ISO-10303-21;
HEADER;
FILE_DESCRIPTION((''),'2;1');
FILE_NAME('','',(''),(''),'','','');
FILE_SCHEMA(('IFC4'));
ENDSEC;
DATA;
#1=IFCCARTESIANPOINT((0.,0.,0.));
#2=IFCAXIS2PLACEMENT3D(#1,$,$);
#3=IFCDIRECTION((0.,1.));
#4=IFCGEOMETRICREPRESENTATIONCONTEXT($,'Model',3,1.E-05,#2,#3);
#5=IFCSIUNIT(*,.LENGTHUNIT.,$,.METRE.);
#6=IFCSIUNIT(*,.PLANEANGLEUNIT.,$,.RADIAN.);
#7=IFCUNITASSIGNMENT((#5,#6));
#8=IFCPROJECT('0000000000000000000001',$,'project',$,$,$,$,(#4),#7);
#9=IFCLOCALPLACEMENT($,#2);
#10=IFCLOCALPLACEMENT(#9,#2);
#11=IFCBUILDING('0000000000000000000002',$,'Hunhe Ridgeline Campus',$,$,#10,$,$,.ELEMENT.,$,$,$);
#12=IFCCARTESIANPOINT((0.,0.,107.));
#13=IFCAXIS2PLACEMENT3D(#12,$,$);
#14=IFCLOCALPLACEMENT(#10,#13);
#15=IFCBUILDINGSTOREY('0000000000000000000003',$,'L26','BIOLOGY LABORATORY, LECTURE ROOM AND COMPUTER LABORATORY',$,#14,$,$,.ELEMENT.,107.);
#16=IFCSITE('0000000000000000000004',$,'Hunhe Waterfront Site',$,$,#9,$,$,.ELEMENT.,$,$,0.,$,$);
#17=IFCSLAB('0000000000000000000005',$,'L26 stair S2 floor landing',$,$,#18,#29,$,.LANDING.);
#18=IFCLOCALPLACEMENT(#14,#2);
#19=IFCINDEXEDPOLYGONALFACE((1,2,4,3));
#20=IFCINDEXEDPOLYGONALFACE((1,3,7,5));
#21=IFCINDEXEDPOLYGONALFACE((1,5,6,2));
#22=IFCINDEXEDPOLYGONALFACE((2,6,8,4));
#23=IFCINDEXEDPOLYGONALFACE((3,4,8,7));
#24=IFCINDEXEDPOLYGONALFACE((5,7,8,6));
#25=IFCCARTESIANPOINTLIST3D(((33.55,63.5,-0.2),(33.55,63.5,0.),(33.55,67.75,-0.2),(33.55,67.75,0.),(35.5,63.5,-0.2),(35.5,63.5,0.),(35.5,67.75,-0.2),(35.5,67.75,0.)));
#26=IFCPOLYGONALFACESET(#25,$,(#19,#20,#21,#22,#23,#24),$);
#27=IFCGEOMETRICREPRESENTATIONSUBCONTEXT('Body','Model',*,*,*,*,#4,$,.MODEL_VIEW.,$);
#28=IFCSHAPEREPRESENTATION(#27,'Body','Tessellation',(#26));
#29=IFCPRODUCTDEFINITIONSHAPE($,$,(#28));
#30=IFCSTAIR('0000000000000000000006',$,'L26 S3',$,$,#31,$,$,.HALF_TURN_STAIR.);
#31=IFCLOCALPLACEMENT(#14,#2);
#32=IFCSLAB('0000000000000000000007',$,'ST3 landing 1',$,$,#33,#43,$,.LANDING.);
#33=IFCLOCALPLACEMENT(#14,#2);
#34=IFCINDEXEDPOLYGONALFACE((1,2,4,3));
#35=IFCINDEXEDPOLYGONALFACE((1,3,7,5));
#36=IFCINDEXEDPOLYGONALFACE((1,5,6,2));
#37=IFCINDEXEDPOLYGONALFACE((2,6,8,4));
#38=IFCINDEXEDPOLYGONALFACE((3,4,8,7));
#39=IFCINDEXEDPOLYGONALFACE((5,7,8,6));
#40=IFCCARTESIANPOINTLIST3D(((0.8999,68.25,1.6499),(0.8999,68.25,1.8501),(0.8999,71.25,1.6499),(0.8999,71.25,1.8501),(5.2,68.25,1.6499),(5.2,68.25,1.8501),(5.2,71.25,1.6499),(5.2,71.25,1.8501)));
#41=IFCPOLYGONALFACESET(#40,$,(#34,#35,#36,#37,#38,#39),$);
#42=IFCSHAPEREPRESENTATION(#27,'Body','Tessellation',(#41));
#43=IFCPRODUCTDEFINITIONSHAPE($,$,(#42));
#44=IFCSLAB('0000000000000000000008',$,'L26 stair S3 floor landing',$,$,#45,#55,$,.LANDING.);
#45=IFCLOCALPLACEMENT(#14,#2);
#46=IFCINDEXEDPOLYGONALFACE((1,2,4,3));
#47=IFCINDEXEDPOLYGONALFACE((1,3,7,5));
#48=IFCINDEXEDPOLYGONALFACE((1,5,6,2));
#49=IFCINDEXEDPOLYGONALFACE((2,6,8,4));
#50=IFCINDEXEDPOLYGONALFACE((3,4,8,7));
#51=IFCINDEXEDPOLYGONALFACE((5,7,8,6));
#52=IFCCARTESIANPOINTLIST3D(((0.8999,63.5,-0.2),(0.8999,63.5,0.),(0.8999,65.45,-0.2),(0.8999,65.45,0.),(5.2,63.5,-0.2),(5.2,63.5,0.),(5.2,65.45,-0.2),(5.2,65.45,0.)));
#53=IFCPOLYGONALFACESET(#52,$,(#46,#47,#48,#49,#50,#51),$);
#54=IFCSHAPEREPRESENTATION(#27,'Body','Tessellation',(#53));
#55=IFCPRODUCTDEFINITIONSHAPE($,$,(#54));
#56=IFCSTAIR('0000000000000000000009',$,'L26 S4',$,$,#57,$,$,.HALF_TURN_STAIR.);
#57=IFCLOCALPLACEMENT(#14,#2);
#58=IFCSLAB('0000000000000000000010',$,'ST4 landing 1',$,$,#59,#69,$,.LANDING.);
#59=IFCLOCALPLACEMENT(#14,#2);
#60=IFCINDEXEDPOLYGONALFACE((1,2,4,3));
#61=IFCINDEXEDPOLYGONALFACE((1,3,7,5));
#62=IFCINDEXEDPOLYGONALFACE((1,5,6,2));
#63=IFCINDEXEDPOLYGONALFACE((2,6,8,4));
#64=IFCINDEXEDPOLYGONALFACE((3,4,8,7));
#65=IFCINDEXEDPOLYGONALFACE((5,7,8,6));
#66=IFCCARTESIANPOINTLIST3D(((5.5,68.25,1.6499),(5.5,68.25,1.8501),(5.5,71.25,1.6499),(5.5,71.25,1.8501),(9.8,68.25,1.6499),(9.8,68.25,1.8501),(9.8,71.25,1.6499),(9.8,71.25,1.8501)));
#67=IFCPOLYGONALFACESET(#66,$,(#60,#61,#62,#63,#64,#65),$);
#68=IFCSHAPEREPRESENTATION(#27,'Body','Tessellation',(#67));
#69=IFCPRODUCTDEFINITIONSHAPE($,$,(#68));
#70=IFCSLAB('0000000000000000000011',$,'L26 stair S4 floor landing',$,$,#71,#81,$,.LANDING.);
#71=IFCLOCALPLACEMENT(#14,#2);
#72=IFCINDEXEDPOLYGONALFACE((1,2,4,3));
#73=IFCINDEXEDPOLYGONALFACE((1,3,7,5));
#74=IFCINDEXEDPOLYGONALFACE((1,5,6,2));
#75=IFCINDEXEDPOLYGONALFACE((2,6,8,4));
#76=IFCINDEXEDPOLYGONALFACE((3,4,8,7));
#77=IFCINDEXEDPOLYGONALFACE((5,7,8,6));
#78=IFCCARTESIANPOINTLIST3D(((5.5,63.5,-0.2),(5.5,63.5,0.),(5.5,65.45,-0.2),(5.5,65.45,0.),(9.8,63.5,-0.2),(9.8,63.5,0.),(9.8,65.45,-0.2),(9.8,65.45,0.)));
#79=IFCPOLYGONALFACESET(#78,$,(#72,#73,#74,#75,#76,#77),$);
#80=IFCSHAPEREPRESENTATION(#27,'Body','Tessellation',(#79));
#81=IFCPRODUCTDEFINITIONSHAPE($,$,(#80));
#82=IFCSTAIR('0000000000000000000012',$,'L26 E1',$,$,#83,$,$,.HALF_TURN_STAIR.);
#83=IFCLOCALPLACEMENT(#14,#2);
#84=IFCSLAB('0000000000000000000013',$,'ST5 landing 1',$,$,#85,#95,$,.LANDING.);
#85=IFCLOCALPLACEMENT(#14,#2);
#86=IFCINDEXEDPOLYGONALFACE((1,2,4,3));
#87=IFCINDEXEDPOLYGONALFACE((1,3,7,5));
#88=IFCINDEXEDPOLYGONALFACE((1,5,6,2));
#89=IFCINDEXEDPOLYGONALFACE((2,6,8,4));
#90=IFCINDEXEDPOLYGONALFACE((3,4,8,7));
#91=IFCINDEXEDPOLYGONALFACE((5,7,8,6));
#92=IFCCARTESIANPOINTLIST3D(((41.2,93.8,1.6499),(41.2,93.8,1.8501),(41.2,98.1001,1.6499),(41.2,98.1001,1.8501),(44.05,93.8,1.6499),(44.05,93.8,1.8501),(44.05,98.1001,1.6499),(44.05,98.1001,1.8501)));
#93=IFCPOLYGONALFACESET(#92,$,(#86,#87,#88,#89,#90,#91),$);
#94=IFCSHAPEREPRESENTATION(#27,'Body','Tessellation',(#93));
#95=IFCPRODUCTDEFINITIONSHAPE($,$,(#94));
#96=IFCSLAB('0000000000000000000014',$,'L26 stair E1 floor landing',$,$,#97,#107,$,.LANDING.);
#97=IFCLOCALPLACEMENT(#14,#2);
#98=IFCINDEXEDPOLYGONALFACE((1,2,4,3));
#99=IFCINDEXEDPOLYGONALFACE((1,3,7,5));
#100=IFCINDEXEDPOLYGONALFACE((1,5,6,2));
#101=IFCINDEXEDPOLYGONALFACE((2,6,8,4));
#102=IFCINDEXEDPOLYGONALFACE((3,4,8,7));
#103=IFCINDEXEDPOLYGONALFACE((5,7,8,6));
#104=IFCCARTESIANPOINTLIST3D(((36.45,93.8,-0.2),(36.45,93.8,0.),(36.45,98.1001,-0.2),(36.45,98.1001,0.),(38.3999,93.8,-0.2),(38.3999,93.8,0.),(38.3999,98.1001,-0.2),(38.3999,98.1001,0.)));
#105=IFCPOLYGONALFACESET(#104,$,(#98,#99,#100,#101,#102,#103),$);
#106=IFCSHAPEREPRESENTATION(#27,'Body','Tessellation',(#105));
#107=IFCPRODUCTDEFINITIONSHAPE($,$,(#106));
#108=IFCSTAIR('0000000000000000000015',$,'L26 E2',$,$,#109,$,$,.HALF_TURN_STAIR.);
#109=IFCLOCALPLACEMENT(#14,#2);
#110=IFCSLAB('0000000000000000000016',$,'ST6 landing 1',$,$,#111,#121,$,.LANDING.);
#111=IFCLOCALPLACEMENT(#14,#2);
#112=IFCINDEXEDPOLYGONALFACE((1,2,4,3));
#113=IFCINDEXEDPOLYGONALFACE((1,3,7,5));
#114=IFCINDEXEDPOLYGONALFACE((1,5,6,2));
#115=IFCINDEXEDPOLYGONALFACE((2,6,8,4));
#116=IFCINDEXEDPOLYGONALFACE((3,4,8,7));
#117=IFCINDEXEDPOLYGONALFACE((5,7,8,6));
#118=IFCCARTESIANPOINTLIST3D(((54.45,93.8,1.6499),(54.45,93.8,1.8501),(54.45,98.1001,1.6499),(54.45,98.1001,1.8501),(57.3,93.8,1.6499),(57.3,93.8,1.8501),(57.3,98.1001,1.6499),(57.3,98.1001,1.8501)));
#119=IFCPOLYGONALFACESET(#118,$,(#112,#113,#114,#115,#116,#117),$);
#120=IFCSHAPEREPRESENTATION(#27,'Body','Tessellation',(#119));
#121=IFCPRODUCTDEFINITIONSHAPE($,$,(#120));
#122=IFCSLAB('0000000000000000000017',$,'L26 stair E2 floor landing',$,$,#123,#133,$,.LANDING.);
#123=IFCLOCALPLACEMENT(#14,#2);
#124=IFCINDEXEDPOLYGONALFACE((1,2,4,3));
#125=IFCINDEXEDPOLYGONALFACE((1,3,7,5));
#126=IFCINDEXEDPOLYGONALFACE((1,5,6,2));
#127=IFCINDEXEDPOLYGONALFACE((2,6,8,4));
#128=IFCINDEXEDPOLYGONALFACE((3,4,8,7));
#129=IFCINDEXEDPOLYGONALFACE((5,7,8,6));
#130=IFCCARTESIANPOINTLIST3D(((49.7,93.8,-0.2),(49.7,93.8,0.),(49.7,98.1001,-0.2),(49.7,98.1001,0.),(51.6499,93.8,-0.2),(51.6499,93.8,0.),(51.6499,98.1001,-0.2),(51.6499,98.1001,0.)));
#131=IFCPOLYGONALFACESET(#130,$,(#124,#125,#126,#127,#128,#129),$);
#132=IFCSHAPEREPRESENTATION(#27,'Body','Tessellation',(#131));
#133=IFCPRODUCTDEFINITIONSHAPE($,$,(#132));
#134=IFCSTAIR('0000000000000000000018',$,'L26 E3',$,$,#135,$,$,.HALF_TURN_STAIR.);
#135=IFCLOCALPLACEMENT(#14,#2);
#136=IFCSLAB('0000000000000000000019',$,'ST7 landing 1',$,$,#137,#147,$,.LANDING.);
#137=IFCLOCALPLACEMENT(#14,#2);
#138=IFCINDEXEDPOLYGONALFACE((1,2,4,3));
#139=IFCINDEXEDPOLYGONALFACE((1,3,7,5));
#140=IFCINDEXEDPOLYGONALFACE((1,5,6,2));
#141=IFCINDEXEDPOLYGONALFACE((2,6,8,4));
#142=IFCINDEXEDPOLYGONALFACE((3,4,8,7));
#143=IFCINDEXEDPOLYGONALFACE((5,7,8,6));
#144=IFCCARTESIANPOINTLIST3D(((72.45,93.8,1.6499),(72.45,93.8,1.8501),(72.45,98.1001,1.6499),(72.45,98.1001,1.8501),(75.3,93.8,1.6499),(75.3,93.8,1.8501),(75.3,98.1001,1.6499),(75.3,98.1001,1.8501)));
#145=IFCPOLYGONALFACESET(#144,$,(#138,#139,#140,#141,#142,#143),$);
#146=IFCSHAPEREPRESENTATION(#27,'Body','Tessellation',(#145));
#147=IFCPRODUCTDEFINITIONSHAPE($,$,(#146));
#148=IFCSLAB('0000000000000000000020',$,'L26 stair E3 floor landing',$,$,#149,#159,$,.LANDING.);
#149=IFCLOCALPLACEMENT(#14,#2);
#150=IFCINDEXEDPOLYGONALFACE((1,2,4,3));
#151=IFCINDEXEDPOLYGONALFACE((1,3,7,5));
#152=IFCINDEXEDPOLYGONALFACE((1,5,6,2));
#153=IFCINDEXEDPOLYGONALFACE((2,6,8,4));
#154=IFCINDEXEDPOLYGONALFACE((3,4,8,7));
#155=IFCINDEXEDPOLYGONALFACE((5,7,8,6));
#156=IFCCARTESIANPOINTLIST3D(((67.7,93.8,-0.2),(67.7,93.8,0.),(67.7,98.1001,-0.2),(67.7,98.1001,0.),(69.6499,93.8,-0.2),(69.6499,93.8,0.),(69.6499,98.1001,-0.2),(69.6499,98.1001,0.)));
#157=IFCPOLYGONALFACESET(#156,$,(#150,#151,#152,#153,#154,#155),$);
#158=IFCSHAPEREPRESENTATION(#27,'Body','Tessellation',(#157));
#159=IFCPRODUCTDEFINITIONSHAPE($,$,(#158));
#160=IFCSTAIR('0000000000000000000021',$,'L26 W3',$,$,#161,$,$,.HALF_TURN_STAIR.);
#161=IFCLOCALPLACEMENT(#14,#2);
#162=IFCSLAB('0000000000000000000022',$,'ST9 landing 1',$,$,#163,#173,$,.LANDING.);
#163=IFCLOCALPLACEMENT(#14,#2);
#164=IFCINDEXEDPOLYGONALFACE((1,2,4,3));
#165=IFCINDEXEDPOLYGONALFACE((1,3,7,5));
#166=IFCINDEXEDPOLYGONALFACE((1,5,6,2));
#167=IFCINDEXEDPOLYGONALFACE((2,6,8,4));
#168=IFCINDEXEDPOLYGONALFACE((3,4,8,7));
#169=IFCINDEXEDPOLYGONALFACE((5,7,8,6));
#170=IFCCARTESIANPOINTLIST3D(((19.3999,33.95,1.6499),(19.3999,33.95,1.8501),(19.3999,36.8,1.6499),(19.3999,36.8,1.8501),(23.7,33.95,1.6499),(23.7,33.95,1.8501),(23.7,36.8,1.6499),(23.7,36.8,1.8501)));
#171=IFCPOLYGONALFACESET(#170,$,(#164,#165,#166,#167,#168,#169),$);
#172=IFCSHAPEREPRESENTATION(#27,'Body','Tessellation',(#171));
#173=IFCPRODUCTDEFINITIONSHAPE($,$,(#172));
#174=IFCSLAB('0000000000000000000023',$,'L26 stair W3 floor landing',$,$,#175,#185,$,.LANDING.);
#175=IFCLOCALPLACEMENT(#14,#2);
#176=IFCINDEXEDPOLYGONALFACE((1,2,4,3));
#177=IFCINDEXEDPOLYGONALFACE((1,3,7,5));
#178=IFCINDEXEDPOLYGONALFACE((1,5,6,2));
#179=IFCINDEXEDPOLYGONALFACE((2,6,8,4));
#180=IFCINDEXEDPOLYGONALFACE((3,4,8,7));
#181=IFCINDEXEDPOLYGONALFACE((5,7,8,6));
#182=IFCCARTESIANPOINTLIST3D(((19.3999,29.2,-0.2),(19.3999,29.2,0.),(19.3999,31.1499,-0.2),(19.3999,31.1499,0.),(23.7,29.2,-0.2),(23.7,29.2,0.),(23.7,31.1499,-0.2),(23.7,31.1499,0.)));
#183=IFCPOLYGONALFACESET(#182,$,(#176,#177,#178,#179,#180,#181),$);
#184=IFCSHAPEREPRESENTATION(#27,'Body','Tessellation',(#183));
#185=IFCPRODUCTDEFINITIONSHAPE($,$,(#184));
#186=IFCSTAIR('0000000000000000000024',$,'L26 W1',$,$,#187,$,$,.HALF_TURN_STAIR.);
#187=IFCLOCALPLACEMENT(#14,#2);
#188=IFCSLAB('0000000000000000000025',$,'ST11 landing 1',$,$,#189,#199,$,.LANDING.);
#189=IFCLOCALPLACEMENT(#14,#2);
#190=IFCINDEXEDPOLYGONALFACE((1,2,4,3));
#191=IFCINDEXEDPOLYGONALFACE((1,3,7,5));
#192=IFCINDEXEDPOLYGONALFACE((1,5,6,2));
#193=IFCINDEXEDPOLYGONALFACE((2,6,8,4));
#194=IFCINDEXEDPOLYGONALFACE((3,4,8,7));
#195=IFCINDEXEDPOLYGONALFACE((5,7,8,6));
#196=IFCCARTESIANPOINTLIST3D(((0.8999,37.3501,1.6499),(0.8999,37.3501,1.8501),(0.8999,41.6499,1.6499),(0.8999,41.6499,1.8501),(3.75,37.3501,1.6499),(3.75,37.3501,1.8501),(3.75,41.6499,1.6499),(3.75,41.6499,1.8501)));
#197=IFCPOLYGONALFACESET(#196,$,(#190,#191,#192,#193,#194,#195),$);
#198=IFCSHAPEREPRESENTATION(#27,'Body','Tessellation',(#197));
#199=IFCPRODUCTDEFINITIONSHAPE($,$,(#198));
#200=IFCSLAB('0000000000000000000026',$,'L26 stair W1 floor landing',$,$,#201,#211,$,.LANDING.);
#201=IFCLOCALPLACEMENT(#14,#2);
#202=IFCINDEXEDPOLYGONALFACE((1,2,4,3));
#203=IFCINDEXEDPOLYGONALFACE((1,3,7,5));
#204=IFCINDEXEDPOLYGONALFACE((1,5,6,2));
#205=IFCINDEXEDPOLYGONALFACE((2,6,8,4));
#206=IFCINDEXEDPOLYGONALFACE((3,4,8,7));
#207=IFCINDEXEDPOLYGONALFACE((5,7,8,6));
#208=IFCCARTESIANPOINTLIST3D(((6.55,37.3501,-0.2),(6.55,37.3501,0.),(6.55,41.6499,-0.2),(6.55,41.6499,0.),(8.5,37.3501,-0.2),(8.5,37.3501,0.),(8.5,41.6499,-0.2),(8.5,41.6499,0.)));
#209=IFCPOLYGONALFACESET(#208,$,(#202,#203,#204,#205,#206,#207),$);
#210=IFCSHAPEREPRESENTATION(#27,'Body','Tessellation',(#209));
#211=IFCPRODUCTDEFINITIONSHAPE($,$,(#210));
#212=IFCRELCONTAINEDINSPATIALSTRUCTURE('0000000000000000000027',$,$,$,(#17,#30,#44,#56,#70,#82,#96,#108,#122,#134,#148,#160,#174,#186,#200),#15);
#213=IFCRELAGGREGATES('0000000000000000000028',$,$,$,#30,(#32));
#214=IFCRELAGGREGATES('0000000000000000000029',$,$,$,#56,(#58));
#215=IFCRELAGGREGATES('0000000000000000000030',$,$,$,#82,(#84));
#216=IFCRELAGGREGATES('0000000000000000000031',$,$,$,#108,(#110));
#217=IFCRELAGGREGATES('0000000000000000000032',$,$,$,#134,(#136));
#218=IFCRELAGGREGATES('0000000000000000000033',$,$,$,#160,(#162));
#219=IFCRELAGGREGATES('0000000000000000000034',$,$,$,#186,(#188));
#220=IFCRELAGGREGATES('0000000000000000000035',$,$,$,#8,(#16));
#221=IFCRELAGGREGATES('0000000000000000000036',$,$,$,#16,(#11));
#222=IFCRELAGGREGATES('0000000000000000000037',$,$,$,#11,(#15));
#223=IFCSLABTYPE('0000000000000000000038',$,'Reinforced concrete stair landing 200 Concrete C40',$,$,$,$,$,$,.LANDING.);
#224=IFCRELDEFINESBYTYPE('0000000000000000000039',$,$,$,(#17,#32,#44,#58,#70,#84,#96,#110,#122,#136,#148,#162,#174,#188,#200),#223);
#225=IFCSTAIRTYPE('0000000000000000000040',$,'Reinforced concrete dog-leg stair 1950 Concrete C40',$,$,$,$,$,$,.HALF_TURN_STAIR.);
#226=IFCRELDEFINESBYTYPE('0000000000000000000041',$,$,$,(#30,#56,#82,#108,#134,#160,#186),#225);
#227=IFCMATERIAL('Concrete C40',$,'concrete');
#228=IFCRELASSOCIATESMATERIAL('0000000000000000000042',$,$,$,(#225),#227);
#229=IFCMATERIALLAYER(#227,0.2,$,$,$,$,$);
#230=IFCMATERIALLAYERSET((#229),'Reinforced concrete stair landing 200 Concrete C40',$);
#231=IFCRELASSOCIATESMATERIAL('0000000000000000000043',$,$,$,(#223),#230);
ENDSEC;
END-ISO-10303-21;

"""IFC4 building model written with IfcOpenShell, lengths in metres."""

from ifc_helpers import new_model, si_unit, direction, frame, origin, place, context, subcontext, project, spatial, polyline, outline, extrude, material, layer, layer_set, type_object, element, aggregate, save


model = new_model("IFC4")

# Units and contexts
model_context = context("Model", 3, precision=1e-05, world=origin(), true_north=direction((0.0, 1.0)))
body_context = subcontext(model_context, "Body", "Model", "MODEL_VIEW")
ifc_project = project(units=[si_unit("LENGTHUNIT", "METRE"), si_unit("PLANEANGLEUNIT", "RADIAN")], contexts=[model_context])

# Site, building, storey
site_placement = place(None, origin())
site = spatial("IfcSite", under=ifc_project, at=site_placement, Name="Hunhe Waterfront Site", CompositionType="ELEMENT", RefElevation=0.0)
building_placement = place(site_placement, origin())
building = spatial("IfcBuilding", under=site, at=building_placement, Name="Hunhe Ridgeline Campus", CompositionType="ELEMENT")
storey_placement = place(building_placement, frame((0.0, 0.0, 107.0)))
storey = spatial("IfcBuildingStorey", under=building, at=storey_placement, Name="L26", Description="BIOLOGY LABORATORY, LECTURE ROOM AND COMPUTER LABORATORY", CompositionType="ELEMENT", Elevation=107.0)

# Shared definitions
ifc_material_1 = material(Name="Concrete C40", Category="concrete")

# Shared definitions
stair_type = type_object("IfcStairType", Name="Reinforced concrete dog-leg stair 1950 Concrete C40", PredefinedType="HALF_TURN_STAIR", material=ifc_material_1)
ifc_layer_1 = layer(ifc_material_1, 0.2)
ifc_layer_set_1 = layer_set([ifc_layer_1], Name="Reinforced concrete stair landing 200 Concrete C40")
slab_type_1 = type_object("IfcSlabType", Name="Reinforced concrete stair landing 200 Concrete C40", PredefinedType="LANDING", material=ifc_layer_set_1)

# Slab
slab_1_placement = place(storey_placement, frame((0.0, 0.0, -0.2)))
element("IfcSlab", 1, at=slab_1_placement, inside=storey, type_object=slab_type_1, Name="L26 stair S2 floor landing", PredefinedType="LANDING", context=body_context, shape_type="SweptSolid", body=[
    extrude(outline(polyline([(35.5, 67.75), (33.55, 67.75), (33.55, 63.5), (35.5, 63.5), (35.5, 67.75)])), origin(), (0.0, 0.0, 1.0), 0.2),
])

# Stair, slab
stair_1_placement = place(storey_placement, origin())
stair_1 = element("IfcStair", 2, at=stair_1_placement, inside=storey, type_object=stair_type, Name="L26 S3", PredefinedType="HALF_TURN_STAIR")
slab_2_placement = place(storey_placement, frame((0.0, 0.0, 1.6499)))
slab_2 = element("IfcSlab", 3, at=slab_2_placement, type_object=slab_type_1, Name="ST3 landing 1", PredefinedType="LANDING", context=body_context, shape_type="SweptSolid", body=[
    extrude(outline(polyline([(5.2, 68.25), (5.2, 71.25), (0.8999, 71.25), (0.8999, 68.25), (5.2, 68.25)])), origin(), (0.0, 0.0, 1.0), 0.2002),
])
aggregate(stair_1, [slab_2])

# Slab
slab_3_placement = place(storey_placement, frame((0.0, 0.0, -0.2)))
element("IfcSlab", 4, at=slab_3_placement, inside=storey, type_object=slab_type_1, Name="L26 stair S3 floor landing", PredefinedType="LANDING", context=body_context, shape_type="SweptSolid", body=[
    extrude(outline(polyline([(5.2, 63.5), (5.2, 65.45), (0.8999, 65.45), (0.8999, 63.5), (5.2, 63.5)])), origin(), (0.0, 0.0, 1.0), 0.2),
])

# Stair, slab
stair_2_placement = place(storey_placement, origin())
stair_2 = element("IfcStair", 5, at=stair_2_placement, inside=storey, type_object=stair_type, Name="L26 S4", PredefinedType="HALF_TURN_STAIR")
slab_4_placement = place(storey_placement, frame((0.0, 0.0, 1.6499)))
slab_4 = element("IfcSlab", 6, at=slab_4_placement, type_object=slab_type_1, Name="ST4 landing 1", PredefinedType="LANDING", context=body_context, shape_type="SweptSolid", body=[
    extrude(outline(polyline([(9.8, 68.25), (9.8, 71.25), (5.5, 71.25), (5.5, 68.25), (9.8, 68.25)])), origin(), (0.0, 0.0, 1.0), 0.2002),
])
aggregate(stair_2, [slab_4])

# Slab
slab_5_placement = place(storey_placement, frame((0.0, 0.0, -0.2)))
element("IfcSlab", 7, at=slab_5_placement, inside=storey, type_object=slab_type_1, Name="L26 stair S4 floor landing", PredefinedType="LANDING", context=body_context, shape_type="SweptSolid", body=[
    extrude(outline(polyline([(9.8, 63.5), (9.8, 65.45), (5.5, 65.45), (5.5, 63.5), (9.8, 63.5)])), origin(), (0.0, 0.0, 1.0), 0.2),
])

# Stair, slab
stair_3_placement = place(storey_placement, origin())
stair_3 = element("IfcStair", 8, at=stair_3_placement, inside=storey, type_object=stair_type, Name="L26 E1", PredefinedType="HALF_TURN_STAIR")
slab_6_placement = place(storey_placement, frame((0.0, 0.0, 1.6499)))
slab_6 = element("IfcSlab", 9, at=slab_6_placement, type_object=slab_type_1, Name="ST5 landing 1", PredefinedType="LANDING", context=body_context, shape_type="SweptSolid", body=[
    extrude(outline(polyline([(41.2, 93.8), (44.05, 93.8), (44.05, 98.1001), (41.2, 98.1001), (41.2, 93.8)])), origin(), (0.0, 0.0, 1.0), 0.2002),
])
aggregate(stair_3, [slab_6])

# Slab
slab_7_placement = place(storey_placement, frame((0.0, 0.0, -0.2)))
element("IfcSlab", 10, at=slab_7_placement, inside=storey, type_object=slab_type_1, Name="L26 stair E1 floor landing", PredefinedType="LANDING", context=body_context, shape_type="SweptSolid", body=[
    extrude(outline(polyline([(36.45, 93.8), (38.3999, 93.8), (38.3999, 98.1001), (36.45, 98.1001), (36.45, 93.8)])), origin(), (0.0, 0.0, 1.0), 0.2),
])

# Stair, slab
stair_4_placement = place(storey_placement, origin())
stair_4 = element("IfcStair", 11, at=stair_4_placement, inside=storey, type_object=stair_type, Name="L26 E2", PredefinedType="HALF_TURN_STAIR")
slab_8_placement = place(storey_placement, frame((0.0, 0.0, 1.6499)))
slab_8 = element("IfcSlab", 12, at=slab_8_placement, type_object=slab_type_1, Name="ST6 landing 1", PredefinedType="LANDING", context=body_context, shape_type="SweptSolid", body=[
    extrude(outline(polyline([(54.45, 93.8), (57.3, 93.8), (57.3, 98.1001), (54.45, 98.1001), (54.45, 93.8)])), origin(), (0.0, 0.0, 1.0), 0.2002),
])
aggregate(stair_4, [slab_8])

# Slab
slab_9_placement = place(storey_placement, frame((0.0, 0.0, -0.2)))
element("IfcSlab", 13, at=slab_9_placement, inside=storey, type_object=slab_type_1, Name="L26 stair E2 floor landing", PredefinedType="LANDING", context=body_context, shape_type="SweptSolid", body=[
    extrude(outline(polyline([(49.7, 93.8), (51.6499, 93.8), (51.6499, 98.1001), (49.7, 98.1001), (49.7, 93.8)])), origin(), (0.0, 0.0, 1.0), 0.2),
])

# Stair, slab
stair_5_placement = place(storey_placement, origin())
stair_5 = element("IfcStair", 14, at=stair_5_placement, inside=storey, type_object=stair_type, Name="L26 E3", PredefinedType="HALF_TURN_STAIR")
slab_10_placement = place(storey_placement, frame((0.0, 0.0, 1.6499)))
slab_10 = element("IfcSlab", 15, at=slab_10_placement, type_object=slab_type_1, Name="ST7 landing 1", PredefinedType="LANDING", context=body_context, shape_type="SweptSolid", body=[
    extrude(outline(polyline([(72.45, 93.8), (75.3, 93.8), (75.3, 98.1001), (72.45, 98.1001), (72.45, 93.8)])), origin(), (0.0, 0.0, 1.0), 0.2002),
])
aggregate(stair_5, [slab_10])

# Slab
slab_11_placement = place(storey_placement, frame((0.0, 0.0, -0.2)))
element("IfcSlab", 16, at=slab_11_placement, inside=storey, type_object=slab_type_1, Name="L26 stair E3 floor landing", PredefinedType="LANDING", context=body_context, shape_type="SweptSolid", body=[
    extrude(outline(polyline([(67.7, 93.8), (69.6499, 93.8), (69.6499, 98.1001), (67.7, 98.1001), (67.7, 93.8)])), origin(), (0.0, 0.0, 1.0), 0.2),
])

# Stair, slab
stair_6_placement = place(storey_placement, origin())
stair_6 = element("IfcStair", 17, at=stair_6_placement, inside=storey, type_object=stair_type, Name="L26 W3", PredefinedType="HALF_TURN_STAIR")
slab_12_placement = place(storey_placement, frame((0.0, 0.0, 1.6499)))
slab_12 = element("IfcSlab", 18, at=slab_12_placement, type_object=slab_type_1, Name="ST9 landing 1", PredefinedType="LANDING", context=body_context, shape_type="SweptSolid", body=[
    extrude(outline(polyline([(23.7, 33.95), (23.7, 36.8), (19.3999, 36.8), (19.3999, 33.95), (23.7, 33.95)])), origin(), (0.0, 0.0, 1.0), 0.2002),
])
aggregate(stair_6, [slab_12])

# Slab
slab_13_placement = place(storey_placement, frame((0.0, 0.0, -0.2)))
element("IfcSlab", 19, at=slab_13_placement, inside=storey, type_object=slab_type_1, Name="L26 stair W3 floor landing", PredefinedType="LANDING", context=body_context, shape_type="SweptSolid", body=[
    extrude(outline(polyline([(23.7, 29.2), (23.7, 31.1499), (19.3999, 31.1499), (19.3999, 29.2), (23.7, 29.2)])), origin(), (0.0, 0.0, 1.0), 0.2),
])

# Stair, slab
stair_7_placement = place(storey_placement, origin())
stair_7 = element("IfcStair", 20, at=stair_7_placement, inside=storey, type_object=stair_type, Name="L26 W1", PredefinedType="HALF_TURN_STAIR")
slab_14_placement = place(storey_placement, frame((0.0, 0.0, 1.6499)))
slab_14 = element("IfcSlab", 21, at=slab_14_placement, type_object=slab_type_1, Name="ST11 landing 1", PredefinedType="LANDING", context=body_context, shape_type="SweptSolid", body=[
    extrude(outline(polyline([(3.75, 41.6499), (0.8999, 41.6499), (0.8999, 37.3501), (3.75, 37.3501), (3.75, 41.6499)])), origin(), (0.0, 0.0, 1.0), 0.2002),
])
aggregate(stair_7, [slab_14])

# Slab
slab_15_placement = place(storey_placement, frame((0.0, 0.0, -0.2)))
element("IfcSlab", 22, at=slab_15_placement, inside=storey, type_object=slab_type_1, Name="L26 stair W1 floor landing", PredefinedType="LANDING", context=body_context, shape_type="SweptSolid", body=[
    extrude(outline(polyline([(8.5, 41.6499), (6.55, 41.6499), (6.55, 37.3501), (8.5, 37.3501), (8.5, 41.6499)])), origin(), (0.0, 0.0, 1.0), 0.2),
])

save(model, "model.ifc")
